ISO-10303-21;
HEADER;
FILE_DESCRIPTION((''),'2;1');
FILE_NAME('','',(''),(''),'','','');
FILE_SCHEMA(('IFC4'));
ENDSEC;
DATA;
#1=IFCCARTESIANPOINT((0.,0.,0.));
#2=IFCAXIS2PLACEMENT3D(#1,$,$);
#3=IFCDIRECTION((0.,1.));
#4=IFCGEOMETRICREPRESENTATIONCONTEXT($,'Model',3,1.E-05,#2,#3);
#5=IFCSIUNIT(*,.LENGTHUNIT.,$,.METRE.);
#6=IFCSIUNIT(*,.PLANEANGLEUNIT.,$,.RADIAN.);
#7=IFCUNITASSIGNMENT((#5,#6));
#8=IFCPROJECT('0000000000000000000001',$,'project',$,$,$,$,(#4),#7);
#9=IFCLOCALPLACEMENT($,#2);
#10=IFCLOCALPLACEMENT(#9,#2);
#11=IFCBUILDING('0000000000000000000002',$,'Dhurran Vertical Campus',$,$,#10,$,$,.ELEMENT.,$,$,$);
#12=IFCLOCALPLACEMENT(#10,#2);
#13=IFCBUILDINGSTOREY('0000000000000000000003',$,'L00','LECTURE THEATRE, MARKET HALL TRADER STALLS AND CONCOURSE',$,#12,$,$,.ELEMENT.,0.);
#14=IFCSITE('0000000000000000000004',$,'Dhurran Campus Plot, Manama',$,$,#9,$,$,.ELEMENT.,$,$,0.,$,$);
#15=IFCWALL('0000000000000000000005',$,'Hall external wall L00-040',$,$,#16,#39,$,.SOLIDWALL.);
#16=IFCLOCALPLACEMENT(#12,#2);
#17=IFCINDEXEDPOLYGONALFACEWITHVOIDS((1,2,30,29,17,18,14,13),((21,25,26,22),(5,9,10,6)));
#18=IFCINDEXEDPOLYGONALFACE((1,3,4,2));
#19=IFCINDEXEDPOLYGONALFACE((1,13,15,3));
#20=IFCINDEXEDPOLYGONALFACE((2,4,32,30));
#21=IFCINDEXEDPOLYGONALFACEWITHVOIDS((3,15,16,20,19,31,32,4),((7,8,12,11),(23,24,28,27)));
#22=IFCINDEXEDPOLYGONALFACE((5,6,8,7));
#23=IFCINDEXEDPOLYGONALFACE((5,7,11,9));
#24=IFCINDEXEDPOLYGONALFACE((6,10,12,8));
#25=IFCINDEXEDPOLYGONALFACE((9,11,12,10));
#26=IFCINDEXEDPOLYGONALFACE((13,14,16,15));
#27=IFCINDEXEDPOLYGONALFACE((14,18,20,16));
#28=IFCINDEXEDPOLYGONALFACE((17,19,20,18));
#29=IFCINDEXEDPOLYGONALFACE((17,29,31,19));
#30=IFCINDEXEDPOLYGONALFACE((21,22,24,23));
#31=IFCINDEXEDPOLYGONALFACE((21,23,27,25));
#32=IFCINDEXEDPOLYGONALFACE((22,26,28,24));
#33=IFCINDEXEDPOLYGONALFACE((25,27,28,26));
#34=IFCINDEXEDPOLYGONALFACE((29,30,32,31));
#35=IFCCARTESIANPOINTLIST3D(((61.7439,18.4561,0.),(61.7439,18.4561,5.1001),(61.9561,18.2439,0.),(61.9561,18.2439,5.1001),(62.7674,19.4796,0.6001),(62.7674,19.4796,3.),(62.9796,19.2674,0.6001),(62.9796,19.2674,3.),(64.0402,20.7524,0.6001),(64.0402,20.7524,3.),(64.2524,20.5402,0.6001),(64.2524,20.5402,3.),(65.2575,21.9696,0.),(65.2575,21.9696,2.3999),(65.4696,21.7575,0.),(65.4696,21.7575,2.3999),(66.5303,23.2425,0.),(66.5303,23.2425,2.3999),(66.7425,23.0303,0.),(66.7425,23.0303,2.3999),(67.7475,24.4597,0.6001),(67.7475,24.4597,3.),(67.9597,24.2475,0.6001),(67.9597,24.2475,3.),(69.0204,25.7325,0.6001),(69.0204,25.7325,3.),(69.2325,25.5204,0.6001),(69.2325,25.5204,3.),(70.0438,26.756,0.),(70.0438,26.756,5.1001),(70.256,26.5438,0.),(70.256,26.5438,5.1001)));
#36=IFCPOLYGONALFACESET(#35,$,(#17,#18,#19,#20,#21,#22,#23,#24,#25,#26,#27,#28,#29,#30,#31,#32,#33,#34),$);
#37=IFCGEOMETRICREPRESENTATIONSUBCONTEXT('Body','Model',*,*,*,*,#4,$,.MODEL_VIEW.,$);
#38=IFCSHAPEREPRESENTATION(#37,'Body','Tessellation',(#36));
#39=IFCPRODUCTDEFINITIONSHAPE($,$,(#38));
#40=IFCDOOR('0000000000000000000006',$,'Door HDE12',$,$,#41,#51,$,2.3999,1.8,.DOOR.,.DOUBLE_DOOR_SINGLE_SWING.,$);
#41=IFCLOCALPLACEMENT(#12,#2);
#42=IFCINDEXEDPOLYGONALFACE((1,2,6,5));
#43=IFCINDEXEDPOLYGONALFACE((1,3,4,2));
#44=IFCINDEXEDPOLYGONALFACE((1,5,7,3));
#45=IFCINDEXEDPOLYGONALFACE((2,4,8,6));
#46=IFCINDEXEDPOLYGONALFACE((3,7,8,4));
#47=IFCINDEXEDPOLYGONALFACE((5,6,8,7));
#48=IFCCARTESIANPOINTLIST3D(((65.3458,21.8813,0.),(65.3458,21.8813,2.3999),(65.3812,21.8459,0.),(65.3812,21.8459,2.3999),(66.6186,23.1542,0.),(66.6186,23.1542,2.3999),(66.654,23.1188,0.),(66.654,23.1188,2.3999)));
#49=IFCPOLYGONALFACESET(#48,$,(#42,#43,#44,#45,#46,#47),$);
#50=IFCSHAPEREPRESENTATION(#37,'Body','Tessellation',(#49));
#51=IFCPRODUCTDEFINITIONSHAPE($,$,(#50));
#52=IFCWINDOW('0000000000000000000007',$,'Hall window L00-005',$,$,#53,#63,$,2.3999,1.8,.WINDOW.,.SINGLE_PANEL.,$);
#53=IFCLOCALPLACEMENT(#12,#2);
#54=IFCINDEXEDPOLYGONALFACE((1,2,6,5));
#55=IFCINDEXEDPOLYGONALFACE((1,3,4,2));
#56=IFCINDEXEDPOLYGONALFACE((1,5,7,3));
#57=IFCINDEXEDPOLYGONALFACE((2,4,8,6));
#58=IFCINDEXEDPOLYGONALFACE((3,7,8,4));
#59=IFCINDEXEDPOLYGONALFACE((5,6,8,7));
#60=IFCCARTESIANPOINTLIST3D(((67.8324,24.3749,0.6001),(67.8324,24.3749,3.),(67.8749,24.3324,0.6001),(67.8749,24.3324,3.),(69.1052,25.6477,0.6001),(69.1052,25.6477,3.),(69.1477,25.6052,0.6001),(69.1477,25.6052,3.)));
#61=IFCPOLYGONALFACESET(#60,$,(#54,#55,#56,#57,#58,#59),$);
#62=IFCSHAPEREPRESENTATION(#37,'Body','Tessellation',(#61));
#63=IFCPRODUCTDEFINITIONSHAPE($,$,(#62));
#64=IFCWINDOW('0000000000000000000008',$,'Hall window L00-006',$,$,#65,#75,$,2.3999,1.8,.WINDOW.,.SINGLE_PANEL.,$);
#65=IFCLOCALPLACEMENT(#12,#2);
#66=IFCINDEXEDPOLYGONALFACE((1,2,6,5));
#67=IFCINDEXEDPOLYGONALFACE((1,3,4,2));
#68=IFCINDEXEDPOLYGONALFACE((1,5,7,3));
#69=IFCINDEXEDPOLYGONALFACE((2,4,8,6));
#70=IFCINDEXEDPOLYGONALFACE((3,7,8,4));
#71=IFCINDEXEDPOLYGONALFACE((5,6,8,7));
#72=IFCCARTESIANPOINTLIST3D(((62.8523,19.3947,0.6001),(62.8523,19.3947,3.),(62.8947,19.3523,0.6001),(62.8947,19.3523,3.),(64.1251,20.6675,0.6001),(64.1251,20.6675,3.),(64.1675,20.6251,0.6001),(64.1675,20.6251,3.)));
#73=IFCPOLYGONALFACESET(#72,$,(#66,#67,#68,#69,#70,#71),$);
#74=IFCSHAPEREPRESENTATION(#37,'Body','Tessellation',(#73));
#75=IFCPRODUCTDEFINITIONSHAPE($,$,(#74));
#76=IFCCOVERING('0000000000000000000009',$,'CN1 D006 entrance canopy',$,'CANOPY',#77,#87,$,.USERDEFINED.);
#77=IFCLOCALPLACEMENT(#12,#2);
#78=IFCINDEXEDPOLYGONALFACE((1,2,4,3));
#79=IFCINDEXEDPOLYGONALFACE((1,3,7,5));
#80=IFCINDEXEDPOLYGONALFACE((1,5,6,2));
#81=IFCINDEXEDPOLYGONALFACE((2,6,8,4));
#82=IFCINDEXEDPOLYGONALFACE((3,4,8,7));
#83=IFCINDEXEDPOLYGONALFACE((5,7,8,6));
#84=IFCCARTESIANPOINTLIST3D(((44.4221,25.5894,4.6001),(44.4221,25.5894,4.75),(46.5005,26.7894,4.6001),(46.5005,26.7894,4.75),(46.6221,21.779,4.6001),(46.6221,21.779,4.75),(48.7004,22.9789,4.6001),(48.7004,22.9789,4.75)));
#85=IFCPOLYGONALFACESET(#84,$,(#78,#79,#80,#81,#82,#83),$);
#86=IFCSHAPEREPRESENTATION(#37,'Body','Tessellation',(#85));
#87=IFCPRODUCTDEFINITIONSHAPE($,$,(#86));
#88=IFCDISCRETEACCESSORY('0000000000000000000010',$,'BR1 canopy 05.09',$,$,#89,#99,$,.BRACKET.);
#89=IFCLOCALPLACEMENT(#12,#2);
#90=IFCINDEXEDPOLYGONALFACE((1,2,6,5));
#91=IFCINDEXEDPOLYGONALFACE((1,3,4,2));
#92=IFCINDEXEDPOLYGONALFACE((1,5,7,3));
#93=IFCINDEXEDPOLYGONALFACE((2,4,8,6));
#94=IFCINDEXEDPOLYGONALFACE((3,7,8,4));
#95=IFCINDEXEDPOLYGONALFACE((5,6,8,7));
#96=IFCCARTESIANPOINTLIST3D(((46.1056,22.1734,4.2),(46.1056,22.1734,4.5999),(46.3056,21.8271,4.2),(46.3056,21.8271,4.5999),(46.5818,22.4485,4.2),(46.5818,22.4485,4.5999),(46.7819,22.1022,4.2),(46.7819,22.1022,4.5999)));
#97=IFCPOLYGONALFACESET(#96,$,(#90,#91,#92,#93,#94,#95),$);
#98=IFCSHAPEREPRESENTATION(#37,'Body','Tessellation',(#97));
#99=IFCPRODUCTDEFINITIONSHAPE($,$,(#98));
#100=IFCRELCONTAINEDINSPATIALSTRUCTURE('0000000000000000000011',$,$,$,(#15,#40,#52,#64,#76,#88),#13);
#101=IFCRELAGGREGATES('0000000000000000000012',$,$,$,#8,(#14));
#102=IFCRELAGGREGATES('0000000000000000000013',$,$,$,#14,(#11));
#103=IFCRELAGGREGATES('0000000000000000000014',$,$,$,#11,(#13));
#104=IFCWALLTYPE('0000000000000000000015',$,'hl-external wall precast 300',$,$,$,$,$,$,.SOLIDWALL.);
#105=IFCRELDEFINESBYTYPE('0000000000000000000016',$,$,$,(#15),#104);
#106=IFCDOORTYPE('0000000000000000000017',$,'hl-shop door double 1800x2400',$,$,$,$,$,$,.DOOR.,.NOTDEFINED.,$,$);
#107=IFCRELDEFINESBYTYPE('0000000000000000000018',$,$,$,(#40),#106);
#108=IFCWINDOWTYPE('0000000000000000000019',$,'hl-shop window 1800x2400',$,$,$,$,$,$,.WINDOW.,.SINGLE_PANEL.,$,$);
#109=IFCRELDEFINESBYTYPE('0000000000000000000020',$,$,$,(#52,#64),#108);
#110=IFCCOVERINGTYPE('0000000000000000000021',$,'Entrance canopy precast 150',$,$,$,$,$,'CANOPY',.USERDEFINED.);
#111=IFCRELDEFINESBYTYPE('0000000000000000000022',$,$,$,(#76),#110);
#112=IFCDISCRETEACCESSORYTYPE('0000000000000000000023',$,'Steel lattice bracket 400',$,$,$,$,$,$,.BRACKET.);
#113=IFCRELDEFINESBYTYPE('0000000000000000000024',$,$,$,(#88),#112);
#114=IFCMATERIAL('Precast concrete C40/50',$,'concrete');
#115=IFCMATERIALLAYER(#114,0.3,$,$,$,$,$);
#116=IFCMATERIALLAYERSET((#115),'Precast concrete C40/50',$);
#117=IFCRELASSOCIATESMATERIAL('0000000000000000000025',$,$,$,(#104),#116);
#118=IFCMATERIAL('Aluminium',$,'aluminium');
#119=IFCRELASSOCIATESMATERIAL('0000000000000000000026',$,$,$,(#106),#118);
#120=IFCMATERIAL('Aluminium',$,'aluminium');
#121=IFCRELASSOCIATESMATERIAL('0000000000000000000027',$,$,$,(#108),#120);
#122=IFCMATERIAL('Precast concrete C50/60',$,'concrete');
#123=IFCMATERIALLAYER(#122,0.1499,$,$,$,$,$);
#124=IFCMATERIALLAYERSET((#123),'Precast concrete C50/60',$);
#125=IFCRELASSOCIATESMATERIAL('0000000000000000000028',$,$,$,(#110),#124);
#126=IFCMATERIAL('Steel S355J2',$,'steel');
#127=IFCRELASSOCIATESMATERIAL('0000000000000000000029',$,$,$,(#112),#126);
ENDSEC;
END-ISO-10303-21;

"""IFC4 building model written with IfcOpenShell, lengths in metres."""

from ifc_helpers import new_model, si_unit, direction, frame, frame_2d, origin, origin_2d, place, context, subcontext, project, spatial, rectangle, extrude, material, layer, layer_set, material_profile, profile_set, type_object, element, fill, save


model = new_model("IFC4")

# Units and contexts
model_context = context("Model", 3, precision=1e-05, world=origin(), true_north=direction((0.0, 1.0)))
body_context = subcontext(model_context, "Body", "Model", "MODEL_VIEW")
ifc_project = project(units=[si_unit("LENGTHUNIT", "METRE"), si_unit("PLANEANGLEUNIT", "RADIAN")], contexts=[model_context])

# Site, building, storey
site_placement = place(None, origin())
site = spatial("IfcSite", under=ifc_project, at=site_placement, Name="Dhurran Campus Plot, Manama", CompositionType="ELEMENT", RefElevation=0.0)
building_placement = place(site_placement, origin())
building = spatial("IfcBuilding", under=site, at=building_placement, Name="Dhurran Vertical Campus", CompositionType="ELEMENT")
storey_placement = place(building_placement, origin())
storey = spatial("IfcBuildingStorey", under=building, at=storey_placement, Name="L00", Description="LECTURE THEATRE, MARKET HALL TRADER STALLS AND CONCOURSE", CompositionType="ELEMENT", Elevation=0.0)

# Wall, openings, door, windows
ifc_material_1 = material(Name="Precast concrete C40/50", Category="concrete")
ifc_layer_1 = layer(ifc_material_1, 0.3)
ifc_layer_set_1 = layer_set([ifc_layer_1], Name="Precast concrete C40/50")
wall_type_1 = type_object("IfcWallType", Name="hl-external wall precast 300", PredefinedType="SOLIDWALL", material=ifc_layer_set_1)
wall_1_placement = place(storey_placement, frame((70.1499, 26.6499, 0.0), z_axis=(0.0, 0.0, 1.0), x_axis=(-0.707107, -0.707107, 0.0)))
wall_1 = element("IfcWall", 1, at=wall_1_placement, inside=storey, type_object=wall_type_1, Name="Hall external wall L00-040", PredefinedType="SOLIDWALL", context=body_context, shape_type="SweptSolid", body=[
    extrude(rectangle(XDim=11.7378, YDim=0.3, at=frame_2d((5.8689, 0.0))), origin(), (0.0, 0.0, 1.0), 5.1001),
])
opening_1_placement = place(wall_1_placement, frame((1.4475, 0.0, 0.6001)))
opening_1 = element("IfcOpeningElement", 2, at=opening_1_placement, cuts=wall_1, PredefinedType="OPENING", context=body_context, shape_type="SweptSolid", body=[
    extrude(rectangle(XDim=1.8, YDim=2.3999, at=frame_2d((0.8999, 1.2))), frame((0.0, 0.1599, 0.0), z_axis=(0.0, -1.0, 0.0), x_axis=(1.0, 0.0, 0.0)), (0.0, 0.0, 1.0), 0.3201),
])
opening_2_placement = place(wall_1_placement, frame((4.969, 0.0, 0.0)))
opening_2 = element("IfcOpeningElement", 3, at=opening_2_placement, cuts=wall_1, PredefinedType="OPENING", context=body_context, shape_type="SweptSolid", body=[
    extrude(rectangle(XDim=1.8, YDim=2.3999, at=frame_2d((0.8999, 1.2))), frame((0.0, 0.1599, 0.0), z_axis=(0.0, -1.0, 0.0), x_axis=(1.0, 0.0, 0.0)), (0.0, 0.0, 1.0), 0.3201),
])
opening_3_placement = place(wall_1_placement, frame((8.4905, 0.0, 0.6001)))
opening_3 = element("IfcOpeningElement", 4, at=opening_3_placement, cuts=wall_1, PredefinedType="OPENING", context=body_context, shape_type="SweptSolid", body=[
    extrude(rectangle(XDim=1.8, YDim=2.3999, at=frame_2d((0.8999, 1.2))), frame((0.0, 0.1599, 0.0), z_axis=(0.0, -1.0, 0.0), x_axis=(1.0, 0.0, 0.0)), (0.0, 0.0, 1.0), 0.3201),
])
ifc_material_2 = material(Name="Aluminium", Category="aluminium")
door_type_1 = type_object("IfcDoorType", Name="hl-shop door double 1800x2400", OperationType="NOTDEFINED", PredefinedType="DOOR", material=ifc_material_2)
door_1_placement = place(opening_2_placement, origin())
door_1 = element("IfcDoor", 5, at=door_1_placement, inside=storey, type_object=door_type_1, Name="Door HDE12", OperationType="DOUBLE_DOOR_SINGLE_SWING", OverallHeight=2.3999, OverallWidth=1.8, PredefinedType="DOOR", context=body_context, shape_type="SweptSolid", body=[
    extrude(rectangle(XDim=1.8, YDim=2.3999, at=frame_2d((0.8999, 1.2))), frame((0.0, 0.0249, 0.0), z_axis=(0.0, -1.0, 0.0), x_axis=(1.0, 0.0, 0.0)), (0.0, 0.0, 1.0), 0.05),
])
fill(opening_2, door_1)
ifc_material_3 = material(Name="Aluminium", Category="aluminium")
window_type_1 = type_object("IfcWindowType", Name="hl-shop window 1800x2400", PartitioningType="SINGLE_PANEL", PredefinedType="WINDOW", material=ifc_material_3)
window_1_placement = place(opening_1_placement, origin())
window_1 = element("IfcWindow", 6, at=window_1_placement, inside=storey, type_object=window_type_1, Name="Hall window L00-005", OverallHeight=2.3999, OverallWidth=1.8, PartitioningType="SINGLE_PANEL", PredefinedType="WINDOW", context=body_context, shape_type="SweptSolid", body=[
    extrude(rectangle(XDim=1.8, YDim=2.3999, at=frame_2d((0.8999, 1.2))), frame((0.0, 0.03, 0.0), z_axis=(0.0, -1.0, 0.0), x_axis=(1.0, 0.0, 0.0)), (0.0, 0.0, 1.0), 0.0601),
])
fill(opening_1, window_1)
window_2_placement = place(opening_3_placement, origin())
window_2 = element("IfcWindow", 7, at=window_2_placement, inside=storey, type_object=window_type_1, Name="Hall window L00-006", OverallHeight=2.3999, OverallWidth=1.8, PartitioningType="SINGLE_PANEL", PredefinedType="WINDOW", context=body_context, shape_type="SweptSolid", body=[
    extrude(rectangle(XDim=1.8, YDim=2.3999, at=frame_2d((0.8999, 1.2))), frame((0.0, 0.03, 0.0), z_axis=(0.0, -1.0, 0.0), x_axis=(1.0, 0.0, 0.0)), (0.0, 0.0, 1.0), 0.0601),
])
fill(opening_3, window_2)

# Covering
ifc_material_4 = material(Name="Precast concrete C50/60", Category="concrete")
ifc_layer_2 = layer(ifc_material_4, 0.1499)
ifc_layer_set_2 = layer_set([ifc_layer_2], Name="Precast concrete C50/60")
covering_type = type_object("IfcCoveringType", Name="Entrance canopy precast 150", ElementType="CANOPY", PredefinedType="USERDEFINED", material=ifc_layer_set_2)
covering_placement = place(storey_placement, frame((46.5613, 24.2842, 4.6001), z_axis=(0.0, 0.0, 1.0), x_axis=(-0.5, 0.866025, 0.0)))
element("IfcCovering", 8, at=covering_placement, inside=storey, type_object=covering_type, Name="CN1 D006 entrance canopy", ObjectType="CANOPY", PredefinedType="USERDEFINED", context=body_context, shape_type="SweptSolid", body=[
    extrude(rectangle(XDim=4.3999, YDim=2.3999, at=origin_2d()), origin(), (0.0, 0.0, 1.0), 0.1499),
])

# Discrete accessory
ifc_material_5 = material(Name="Steel S355J2", Category="steel")
ifc_material_profile_1 = material_profile(ifc_material_5, rectangle(XDim=0.3999, YDim=0.3999, at=origin_2d()), Name="Steel lattice bracket 400")
ifc_profile_set_1 = profile_set([ifc_material_profile_1], Name="Steel S355J2")
discrete_accessory_type = type_object("IfcDiscreteAccessoryType", Name="Steel lattice bracket 400", PredefinedType="BRACKET", material=ifc_profile_set_1)
discrete_accessory_placement = place(storey_placement, frame((46.2056, 22.0002, 4.3999), z_axis=(0.865912, 0.500196, 0.0), x_axis=(-0.500196, 0.865912, 0.0)))
element("IfcDiscreteAccessory", 9, at=discrete_accessory_placement, inside=storey, type_object=discrete_accessory_type, Name="BR1 canopy 05.09", PredefinedType="BRACKET", context=body_context, shape_type="SweptSolid", body=[
    extrude(rectangle(XDim=0.3999, YDim=0.3999, at=origin_2d()), origin(), (0.0, 0.0, 1.0), 0.55),
])

save(model, "model.ifc")
